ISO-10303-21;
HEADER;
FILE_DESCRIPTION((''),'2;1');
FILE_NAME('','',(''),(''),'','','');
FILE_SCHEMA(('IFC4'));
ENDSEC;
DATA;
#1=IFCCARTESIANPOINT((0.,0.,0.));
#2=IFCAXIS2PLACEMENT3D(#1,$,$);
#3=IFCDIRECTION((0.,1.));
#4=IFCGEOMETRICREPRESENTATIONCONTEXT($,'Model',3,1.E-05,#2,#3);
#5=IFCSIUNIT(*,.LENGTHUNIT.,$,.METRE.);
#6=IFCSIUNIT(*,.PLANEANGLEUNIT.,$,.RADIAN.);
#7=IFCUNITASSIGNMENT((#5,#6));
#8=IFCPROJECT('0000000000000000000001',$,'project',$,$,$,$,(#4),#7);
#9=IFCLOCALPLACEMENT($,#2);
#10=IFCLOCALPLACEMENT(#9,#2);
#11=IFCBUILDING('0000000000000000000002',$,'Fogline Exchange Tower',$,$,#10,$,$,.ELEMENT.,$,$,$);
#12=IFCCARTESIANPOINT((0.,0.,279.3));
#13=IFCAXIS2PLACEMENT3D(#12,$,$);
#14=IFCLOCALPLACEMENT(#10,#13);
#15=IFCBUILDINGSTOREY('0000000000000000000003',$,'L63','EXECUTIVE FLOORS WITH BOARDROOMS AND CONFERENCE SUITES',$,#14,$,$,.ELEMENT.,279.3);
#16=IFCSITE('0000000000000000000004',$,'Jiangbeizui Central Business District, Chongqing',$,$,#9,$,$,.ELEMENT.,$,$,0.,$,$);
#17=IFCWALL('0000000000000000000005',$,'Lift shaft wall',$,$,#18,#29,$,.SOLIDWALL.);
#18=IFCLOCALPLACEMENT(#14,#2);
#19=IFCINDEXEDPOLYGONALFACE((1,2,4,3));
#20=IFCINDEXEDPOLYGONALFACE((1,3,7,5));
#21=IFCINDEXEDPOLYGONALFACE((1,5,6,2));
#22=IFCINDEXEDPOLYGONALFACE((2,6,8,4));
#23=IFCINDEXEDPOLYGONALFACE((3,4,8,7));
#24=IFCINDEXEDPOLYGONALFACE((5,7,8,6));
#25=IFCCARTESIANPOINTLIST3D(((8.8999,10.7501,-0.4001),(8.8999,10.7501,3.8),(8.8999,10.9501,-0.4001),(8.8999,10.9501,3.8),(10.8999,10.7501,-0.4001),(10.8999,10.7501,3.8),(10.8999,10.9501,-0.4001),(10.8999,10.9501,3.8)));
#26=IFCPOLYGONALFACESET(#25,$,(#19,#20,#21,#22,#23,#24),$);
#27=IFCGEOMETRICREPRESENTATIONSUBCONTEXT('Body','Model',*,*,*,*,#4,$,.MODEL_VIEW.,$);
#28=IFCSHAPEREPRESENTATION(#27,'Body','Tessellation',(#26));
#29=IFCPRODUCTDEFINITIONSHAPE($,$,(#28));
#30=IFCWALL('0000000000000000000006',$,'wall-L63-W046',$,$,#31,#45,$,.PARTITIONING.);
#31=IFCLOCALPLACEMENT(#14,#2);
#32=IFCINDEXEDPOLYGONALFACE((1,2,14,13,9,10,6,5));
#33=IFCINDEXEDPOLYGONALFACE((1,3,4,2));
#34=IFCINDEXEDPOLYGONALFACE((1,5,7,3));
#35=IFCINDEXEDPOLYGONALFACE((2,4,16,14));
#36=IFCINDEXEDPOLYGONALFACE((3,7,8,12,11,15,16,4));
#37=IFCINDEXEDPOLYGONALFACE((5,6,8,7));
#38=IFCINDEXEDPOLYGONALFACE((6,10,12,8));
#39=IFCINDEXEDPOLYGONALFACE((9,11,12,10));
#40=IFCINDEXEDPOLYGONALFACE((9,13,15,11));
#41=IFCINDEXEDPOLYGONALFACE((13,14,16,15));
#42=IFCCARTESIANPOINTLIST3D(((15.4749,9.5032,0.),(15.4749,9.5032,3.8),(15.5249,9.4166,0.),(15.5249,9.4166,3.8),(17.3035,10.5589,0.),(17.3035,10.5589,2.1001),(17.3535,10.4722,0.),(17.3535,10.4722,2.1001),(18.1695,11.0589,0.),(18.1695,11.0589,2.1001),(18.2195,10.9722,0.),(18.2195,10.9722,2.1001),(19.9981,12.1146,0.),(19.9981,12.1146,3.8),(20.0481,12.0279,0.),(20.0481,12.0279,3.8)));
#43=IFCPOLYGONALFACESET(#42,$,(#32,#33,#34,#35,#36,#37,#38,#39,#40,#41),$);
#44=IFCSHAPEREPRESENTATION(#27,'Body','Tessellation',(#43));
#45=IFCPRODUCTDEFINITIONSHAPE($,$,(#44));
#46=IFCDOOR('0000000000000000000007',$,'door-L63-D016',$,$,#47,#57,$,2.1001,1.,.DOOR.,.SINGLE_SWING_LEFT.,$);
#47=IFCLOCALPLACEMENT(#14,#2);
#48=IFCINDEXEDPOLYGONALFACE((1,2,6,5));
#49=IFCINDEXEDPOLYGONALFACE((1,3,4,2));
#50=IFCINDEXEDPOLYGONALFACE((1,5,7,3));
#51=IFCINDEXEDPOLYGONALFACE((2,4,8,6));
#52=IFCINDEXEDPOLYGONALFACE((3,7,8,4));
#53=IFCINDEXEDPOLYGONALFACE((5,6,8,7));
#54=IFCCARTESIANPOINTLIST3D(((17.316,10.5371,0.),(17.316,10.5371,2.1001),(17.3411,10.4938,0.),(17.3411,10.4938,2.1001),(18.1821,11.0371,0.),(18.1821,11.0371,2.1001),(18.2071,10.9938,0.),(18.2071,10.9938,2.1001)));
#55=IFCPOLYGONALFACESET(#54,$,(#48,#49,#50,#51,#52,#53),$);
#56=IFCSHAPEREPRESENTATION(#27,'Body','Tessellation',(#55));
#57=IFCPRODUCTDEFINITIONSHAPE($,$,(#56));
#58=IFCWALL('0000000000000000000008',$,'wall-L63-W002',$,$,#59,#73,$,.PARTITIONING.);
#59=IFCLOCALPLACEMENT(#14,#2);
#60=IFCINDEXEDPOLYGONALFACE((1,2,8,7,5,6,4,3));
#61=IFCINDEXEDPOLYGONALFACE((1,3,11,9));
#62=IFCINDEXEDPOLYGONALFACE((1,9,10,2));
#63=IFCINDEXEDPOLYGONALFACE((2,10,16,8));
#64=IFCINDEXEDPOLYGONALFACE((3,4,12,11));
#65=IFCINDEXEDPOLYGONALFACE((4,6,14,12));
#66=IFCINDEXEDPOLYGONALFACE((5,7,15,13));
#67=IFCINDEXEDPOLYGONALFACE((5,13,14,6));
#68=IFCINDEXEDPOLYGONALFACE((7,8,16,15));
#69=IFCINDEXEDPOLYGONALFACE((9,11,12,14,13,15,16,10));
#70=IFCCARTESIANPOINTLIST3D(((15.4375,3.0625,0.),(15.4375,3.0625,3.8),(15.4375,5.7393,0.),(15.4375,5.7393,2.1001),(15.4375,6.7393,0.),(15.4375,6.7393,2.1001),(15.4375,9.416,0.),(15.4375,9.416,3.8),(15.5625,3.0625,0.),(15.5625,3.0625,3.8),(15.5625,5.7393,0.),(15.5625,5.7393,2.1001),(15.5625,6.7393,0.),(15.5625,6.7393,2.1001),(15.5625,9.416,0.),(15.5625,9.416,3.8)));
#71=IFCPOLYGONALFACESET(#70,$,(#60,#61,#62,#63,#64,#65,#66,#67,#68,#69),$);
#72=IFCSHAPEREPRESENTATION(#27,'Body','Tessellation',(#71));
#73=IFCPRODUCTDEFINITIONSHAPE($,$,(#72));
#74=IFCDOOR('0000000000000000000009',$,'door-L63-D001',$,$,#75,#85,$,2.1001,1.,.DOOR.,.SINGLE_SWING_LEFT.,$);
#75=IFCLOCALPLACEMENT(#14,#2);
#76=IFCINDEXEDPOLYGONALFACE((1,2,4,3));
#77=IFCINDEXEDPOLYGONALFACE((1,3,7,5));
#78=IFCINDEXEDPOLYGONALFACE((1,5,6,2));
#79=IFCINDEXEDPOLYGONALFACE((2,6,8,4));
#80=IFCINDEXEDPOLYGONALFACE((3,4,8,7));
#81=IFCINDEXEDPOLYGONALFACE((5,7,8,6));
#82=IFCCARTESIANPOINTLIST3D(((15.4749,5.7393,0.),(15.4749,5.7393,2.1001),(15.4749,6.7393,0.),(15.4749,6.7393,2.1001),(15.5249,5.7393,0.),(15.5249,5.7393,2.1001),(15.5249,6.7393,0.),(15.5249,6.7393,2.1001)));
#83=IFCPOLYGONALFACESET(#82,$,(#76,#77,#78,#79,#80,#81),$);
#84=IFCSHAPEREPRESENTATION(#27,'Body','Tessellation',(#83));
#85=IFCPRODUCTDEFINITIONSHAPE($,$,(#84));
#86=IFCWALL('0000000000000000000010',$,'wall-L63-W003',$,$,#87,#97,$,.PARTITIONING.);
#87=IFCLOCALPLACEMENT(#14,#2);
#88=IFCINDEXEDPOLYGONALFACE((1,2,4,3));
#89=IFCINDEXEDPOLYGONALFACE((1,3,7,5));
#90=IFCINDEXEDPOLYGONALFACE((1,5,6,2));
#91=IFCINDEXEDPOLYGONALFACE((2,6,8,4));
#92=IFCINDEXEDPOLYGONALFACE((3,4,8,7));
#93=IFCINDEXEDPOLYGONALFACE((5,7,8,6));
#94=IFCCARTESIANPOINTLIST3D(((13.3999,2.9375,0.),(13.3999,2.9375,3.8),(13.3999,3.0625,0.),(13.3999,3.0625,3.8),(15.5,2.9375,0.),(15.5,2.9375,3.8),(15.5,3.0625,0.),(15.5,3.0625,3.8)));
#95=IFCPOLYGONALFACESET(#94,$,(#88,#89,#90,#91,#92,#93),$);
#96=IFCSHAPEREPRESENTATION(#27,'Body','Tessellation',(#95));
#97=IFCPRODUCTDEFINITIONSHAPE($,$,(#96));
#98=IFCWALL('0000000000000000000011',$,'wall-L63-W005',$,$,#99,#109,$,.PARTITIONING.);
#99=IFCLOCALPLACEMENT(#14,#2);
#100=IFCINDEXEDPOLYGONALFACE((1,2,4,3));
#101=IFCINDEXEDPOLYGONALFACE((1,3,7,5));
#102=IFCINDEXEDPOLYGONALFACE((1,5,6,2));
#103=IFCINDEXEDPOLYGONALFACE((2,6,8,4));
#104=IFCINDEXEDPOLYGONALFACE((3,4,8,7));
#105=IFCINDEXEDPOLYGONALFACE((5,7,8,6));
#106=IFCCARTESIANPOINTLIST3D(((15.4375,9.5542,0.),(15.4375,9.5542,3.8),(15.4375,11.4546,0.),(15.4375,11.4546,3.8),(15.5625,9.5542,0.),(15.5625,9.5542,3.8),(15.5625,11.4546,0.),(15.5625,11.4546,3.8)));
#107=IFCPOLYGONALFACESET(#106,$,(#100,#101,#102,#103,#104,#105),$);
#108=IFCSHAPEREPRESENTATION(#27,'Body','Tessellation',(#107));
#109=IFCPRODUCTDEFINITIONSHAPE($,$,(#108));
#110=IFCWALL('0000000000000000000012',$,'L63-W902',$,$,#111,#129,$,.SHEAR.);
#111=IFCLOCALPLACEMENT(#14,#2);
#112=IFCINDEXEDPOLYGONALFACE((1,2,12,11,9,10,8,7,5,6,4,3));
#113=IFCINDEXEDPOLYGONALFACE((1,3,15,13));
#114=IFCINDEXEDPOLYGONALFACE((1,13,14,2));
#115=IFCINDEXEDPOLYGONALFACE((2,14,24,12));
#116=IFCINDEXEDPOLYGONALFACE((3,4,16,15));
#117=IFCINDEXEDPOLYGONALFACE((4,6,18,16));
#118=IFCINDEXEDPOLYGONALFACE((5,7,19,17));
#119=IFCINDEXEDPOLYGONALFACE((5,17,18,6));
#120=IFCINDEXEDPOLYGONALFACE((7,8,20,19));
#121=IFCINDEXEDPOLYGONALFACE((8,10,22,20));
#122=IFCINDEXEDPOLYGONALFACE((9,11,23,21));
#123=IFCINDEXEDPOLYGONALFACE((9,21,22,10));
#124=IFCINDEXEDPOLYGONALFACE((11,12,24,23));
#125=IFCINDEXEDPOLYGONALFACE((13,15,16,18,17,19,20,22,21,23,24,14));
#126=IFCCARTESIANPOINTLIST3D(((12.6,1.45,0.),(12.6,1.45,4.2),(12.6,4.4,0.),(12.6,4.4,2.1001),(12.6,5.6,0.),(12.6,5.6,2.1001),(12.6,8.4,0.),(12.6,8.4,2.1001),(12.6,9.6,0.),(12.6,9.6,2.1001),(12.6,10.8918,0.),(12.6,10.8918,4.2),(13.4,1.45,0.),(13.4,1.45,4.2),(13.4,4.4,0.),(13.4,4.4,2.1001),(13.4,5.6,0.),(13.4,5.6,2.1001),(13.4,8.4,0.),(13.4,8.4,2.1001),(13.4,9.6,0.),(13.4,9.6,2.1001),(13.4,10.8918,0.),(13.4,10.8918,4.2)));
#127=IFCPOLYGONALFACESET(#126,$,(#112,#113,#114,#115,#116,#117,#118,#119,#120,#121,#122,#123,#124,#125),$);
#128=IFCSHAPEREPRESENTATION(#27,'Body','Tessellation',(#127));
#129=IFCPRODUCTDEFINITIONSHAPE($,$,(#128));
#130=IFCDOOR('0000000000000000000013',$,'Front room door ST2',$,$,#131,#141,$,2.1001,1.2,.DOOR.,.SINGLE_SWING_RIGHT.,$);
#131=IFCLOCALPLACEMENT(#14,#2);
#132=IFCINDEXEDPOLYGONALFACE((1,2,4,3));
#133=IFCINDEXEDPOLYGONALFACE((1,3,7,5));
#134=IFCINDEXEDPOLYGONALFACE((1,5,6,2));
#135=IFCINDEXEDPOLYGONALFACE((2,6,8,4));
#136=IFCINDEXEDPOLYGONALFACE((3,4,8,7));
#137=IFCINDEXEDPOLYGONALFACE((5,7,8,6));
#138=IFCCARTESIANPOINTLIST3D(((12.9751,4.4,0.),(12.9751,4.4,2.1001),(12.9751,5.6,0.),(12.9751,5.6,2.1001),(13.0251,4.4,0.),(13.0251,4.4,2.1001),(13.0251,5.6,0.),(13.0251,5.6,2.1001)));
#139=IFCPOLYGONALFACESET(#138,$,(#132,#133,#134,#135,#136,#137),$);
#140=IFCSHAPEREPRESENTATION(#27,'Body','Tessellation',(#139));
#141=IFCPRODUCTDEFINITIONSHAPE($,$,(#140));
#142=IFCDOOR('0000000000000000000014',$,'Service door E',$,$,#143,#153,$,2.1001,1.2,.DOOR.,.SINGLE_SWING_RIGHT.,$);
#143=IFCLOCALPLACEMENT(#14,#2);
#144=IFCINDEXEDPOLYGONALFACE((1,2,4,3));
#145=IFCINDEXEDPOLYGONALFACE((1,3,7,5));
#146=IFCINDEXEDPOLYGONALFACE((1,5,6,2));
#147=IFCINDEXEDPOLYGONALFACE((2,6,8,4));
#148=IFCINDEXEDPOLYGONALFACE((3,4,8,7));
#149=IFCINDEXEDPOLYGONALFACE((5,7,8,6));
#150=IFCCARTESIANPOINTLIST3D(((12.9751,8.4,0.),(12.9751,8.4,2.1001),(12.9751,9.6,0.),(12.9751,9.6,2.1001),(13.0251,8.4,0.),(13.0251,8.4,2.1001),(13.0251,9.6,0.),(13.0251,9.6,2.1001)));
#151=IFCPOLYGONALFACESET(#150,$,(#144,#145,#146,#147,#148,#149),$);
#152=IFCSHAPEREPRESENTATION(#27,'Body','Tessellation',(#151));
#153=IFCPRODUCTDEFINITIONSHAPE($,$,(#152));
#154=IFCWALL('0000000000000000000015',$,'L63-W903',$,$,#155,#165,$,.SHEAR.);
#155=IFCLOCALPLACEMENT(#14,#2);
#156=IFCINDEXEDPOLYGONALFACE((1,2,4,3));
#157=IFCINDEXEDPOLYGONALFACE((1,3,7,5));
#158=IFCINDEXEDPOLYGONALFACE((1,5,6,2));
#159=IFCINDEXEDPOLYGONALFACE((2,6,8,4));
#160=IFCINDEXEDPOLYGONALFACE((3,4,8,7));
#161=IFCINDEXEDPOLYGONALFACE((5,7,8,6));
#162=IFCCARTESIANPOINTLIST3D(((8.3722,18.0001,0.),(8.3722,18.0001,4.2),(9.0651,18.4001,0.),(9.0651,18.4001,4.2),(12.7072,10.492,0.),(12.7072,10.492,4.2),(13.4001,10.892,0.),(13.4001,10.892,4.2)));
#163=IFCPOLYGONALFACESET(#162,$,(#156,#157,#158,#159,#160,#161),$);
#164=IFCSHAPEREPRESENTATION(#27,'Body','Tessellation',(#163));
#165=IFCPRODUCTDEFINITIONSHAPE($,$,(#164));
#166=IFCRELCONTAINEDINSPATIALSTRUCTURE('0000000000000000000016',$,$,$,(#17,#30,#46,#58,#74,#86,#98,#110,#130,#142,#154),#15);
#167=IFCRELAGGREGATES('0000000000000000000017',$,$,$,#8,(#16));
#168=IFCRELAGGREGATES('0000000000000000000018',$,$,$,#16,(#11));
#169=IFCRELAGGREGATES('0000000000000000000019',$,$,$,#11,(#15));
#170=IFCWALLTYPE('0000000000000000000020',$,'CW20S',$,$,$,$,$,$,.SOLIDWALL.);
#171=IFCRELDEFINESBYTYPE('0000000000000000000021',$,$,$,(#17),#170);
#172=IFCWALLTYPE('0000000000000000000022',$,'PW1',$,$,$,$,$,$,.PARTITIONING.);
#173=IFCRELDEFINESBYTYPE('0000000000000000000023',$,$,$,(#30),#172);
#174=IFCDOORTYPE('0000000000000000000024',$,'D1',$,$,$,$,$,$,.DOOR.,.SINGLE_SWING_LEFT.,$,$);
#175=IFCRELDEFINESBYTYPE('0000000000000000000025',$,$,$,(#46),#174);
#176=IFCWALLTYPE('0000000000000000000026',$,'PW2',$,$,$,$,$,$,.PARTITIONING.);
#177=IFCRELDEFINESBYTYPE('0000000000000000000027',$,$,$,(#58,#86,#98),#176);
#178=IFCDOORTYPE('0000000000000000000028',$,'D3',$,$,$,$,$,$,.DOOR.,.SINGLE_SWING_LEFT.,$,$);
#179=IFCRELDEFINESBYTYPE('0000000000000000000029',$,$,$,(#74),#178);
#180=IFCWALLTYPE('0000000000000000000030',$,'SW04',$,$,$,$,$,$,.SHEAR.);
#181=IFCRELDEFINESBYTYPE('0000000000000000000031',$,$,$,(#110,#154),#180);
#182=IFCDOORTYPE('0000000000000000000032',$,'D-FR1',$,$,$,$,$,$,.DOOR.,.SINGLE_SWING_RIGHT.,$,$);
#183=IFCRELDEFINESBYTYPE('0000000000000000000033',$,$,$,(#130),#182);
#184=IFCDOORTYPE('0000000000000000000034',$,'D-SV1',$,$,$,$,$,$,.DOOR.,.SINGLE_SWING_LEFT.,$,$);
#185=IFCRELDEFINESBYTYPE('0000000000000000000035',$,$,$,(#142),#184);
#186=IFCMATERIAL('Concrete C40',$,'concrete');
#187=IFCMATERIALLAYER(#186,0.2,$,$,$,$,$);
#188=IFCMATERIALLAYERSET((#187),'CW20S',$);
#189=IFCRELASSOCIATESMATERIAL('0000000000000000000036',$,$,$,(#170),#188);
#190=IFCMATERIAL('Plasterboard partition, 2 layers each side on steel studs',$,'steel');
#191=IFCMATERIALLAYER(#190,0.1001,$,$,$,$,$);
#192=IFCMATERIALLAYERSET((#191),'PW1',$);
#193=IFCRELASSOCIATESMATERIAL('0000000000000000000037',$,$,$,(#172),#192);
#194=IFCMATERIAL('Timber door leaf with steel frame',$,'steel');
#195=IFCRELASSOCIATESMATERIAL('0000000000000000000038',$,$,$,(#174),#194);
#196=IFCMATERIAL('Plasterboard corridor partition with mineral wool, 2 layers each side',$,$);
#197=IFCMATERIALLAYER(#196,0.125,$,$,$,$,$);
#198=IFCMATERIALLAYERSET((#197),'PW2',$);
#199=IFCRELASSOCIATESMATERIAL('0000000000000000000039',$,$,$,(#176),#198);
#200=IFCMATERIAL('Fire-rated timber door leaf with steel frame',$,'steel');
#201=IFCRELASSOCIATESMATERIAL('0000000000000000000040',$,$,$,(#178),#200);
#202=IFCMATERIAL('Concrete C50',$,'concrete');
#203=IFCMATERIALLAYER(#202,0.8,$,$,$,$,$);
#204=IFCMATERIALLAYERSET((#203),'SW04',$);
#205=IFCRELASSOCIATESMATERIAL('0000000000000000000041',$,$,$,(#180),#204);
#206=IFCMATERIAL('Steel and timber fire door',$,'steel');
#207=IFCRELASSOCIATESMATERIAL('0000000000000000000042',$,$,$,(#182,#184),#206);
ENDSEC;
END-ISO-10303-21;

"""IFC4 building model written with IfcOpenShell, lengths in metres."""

from ifc_helpers import new_model, si_unit, direction, frame, frame_2d, origin, place, context, subcontext, project, spatial, rectangle, extrude, material, layer, layer_set, type_object, element, fill, save


model = new_model("IFC4")

# Units and contexts
model_context = context("Model", 3, precision=1e-05, world=origin(), true_north=direction((0.0, 1.0)))
body_context = subcontext(model_context, "Body", "Model", "MODEL_VIEW")
ifc_project = project(units=[si_unit("LENGTHUNIT", "METRE"), si_unit("PLANEANGLEUNIT", "RADIAN")], contexts=[model_context])

# Site, building, storey
site_placement = place(None, origin())
site = spatial("IfcSite", under=ifc_project, at=site_placement, Name="Jiangbeizui Central Business District, Chongqing", CompositionType="ELEMENT", RefElevation=0.0)
building_placement = place(site_placement, origin())
building = spatial("IfcBuilding", under=site, at=building_placement, Name="Fogline Exchange Tower", CompositionType="ELEMENT")
storey_placement = place(building_placement, frame((0.0, 0.0, 279.3)))
storey = spatial("IfcBuildingStorey", under=building, at=storey_placement, Name="L63", Description="EXECUTIVE FLOORS WITH BOARDROOMS AND CONFERENCE SUITES", CompositionType="ELEMENT", Elevation=279.3)

# Shared definitions
ifc_material_1 = material(Name="Concrete C40", Category="concrete")

# Shared definitions
ifc_material_2 = material(Name="Steel and timber fire door", Category="steel")

# Shared definitions
ifc_layer_1 = layer(ifc_material_1, 0.2)
ifc_layer_set_1 = layer_set([ifc_layer_1], Name="CW20S")
wall_type_1 = type_object("IfcWallType", Name="CW20S", PredefinedType="SOLIDWALL", material=ifc_layer_set_1)

# Wall
for number, where, z_axis, x_axis, name in (
    (1, (8.8999, 10.8501, -0.4001), (0.0, 0.0, 1.0), (1.0, 0.0, 0.0), "Lift shaft wall"),
):
    element("IfcWall", number, at=place(storey_placement, frame(where, z_axis=z_axis, x_axis=x_axis)), inside=storey, type_object=wall_type_1, Name=name, PredefinedType="SOLIDWALL", context=body_context, shape_type="SweptSolid", body=[
        extrude(rectangle(XDim=2.0, YDim=0.2, at=frame_2d((1.0, 0.0))), origin(), (0.0, 0.0, 1.0), 4.2002),
    ])

# Walls, openings, doors
ifc_material_3 = material(Name="Plasterboard partition, 2 layers each side on steel studs", Category="steel")
ifc_layer_2 = layer(ifc_material_3, 0.1001)
ifc_layer_set_2 = layer_set([ifc_layer_2], Name="PW1")
wall_type_2 = type_object("IfcWallType", Name="PW1", PredefinedType="PARTITIONING", material=ifc_layer_set_2)
wall_1_placement = place(storey_placement, frame((15.5, 9.46, 0.0), z_axis=(0.0, 0.0, 1.0), x_axis=(0.866037, 0.49998, 0.0)))
wall_1 = element("IfcWall", 2, at=wall_1_placement, inside=storey, type_object=wall_type_2, Name="wall-L63-W046", PredefinedType="PARTITIONING", context=body_context, shape_type="SweptSolid", body=[
    extrude(rectangle(XDim=5.2229, YDim=0.1001, at=frame_2d((2.6113, 0.0))), origin(), (0.0, 0.0, 1.0), 3.8),
])
opening_1_placement = place(wall_1_placement, frame((2.1113, 0.0, 0.0)))
opening_1 = element("IfcOpeningElement", 3, at=opening_1_placement, cuts=wall_1, PredefinedType="OPENING", context=body_context, shape_type="SweptSolid", body=[
    extrude(rectangle(XDim=1.0, YDim=2.1001, at=frame_2d((0.5, 1.05))), frame((0.0, 0.0601, 0.0), z_axis=(0.0, -1.0, 0.0), x_axis=(1.0, 0.0, 0.0)), (0.0, 0.0, 1.0), 0.1201),
])
ifc_material_4 = material(Name="Timber door leaf with steel frame", Category="steel")
door_type_1 = type_object("IfcDoorType", Name="D1", OperationType="SINGLE_SWING_LEFT", PredefinedType="DOOR", material=ifc_material_4)
door_1_placement = place(opening_1_placement, origin())
door_1 = element("IfcDoor", 4, at=door_1_placement, inside=storey, type_object=door_type_1, Name="door-L63-D016", OperationType="SINGLE_SWING_LEFT", OverallHeight=2.1001, OverallWidth=1.0, PredefinedType="DOOR", context=body_context, shape_type="SweptSolid", body=[
    extrude(rectangle(XDim=1.0, YDim=2.1001, at=frame_2d((0.5, 1.05))), frame((0.0, 0.0249, 0.0), z_axis=(0.0, -1.0, 0.0), x_axis=(1.0, 0.0, 0.0)), (0.0, 0.0, 1.0), 0.05),
])
fill(opening_1, door_1)
ifc_material_5 = material(Name="Plasterboard corridor partition with mineral wool, 2 layers each side")
ifc_layer_3 = layer(ifc_material_5, 0.125)
ifc_layer_set_3 = layer_set([ifc_layer_3], Name="PW2")
wall_type_3 = type_object("IfcWallType", Name="PW2", PredefinedType="PARTITIONING", material=ifc_layer_set_3)
wall_2_placement = place(storey_placement, frame((15.5, 9.416, 0.0), z_axis=(0.0, 0.0, 1.0), x_axis=(0.0, -1.0, 0.0)))
wall_2 = element("IfcWall", 5, at=wall_2_placement, inside=storey, type_object=wall_type_3, Name="wall-L63-W002", PredefinedType="PARTITIONING", context=body_context, shape_type="SweptSolid", body=[
    extrude(rectangle(XDim=6.3535, YDim=0.125, at=frame_2d((3.1768, 0.0))), origin(), (0.0, 0.0, 1.0), 3.8),
])
opening_2_placement = place(wall_2_placement, frame((2.6768, 0.0, 0.0)))
opening_2 = element("IfcOpeningElement", 6, at=opening_2_placement, cuts=wall_2, PredefinedType="OPENING", context=body_context, shape_type="SweptSolid", body=[
    extrude(rectangle(XDim=1.0, YDim=2.1001, at=frame_2d((0.5, 1.05))), frame((0.0, 0.0725, 0.0), z_axis=(0.0, -1.0, 0.0), x_axis=(1.0, 0.0, 0.0)), (0.0, 0.0, 1.0), 0.145),
])
ifc_material_6 = material(Name="Fire-rated timber door leaf with steel frame", Category="steel")
door_type_2 = type_object("IfcDoorType", Name="D3", OperationType="SINGLE_SWING_LEFT", PredefinedType="DOOR", material=ifc_material_6)
door_2_placement = place(opening_2_placement, origin())
door_2 = element("IfcDoor", 7, at=door_2_placement, inside=storey, type_object=door_type_2, Name="door-L63-D001", OperationType="SINGLE_SWING_LEFT", OverallHeight=2.1001, OverallWidth=1.0, PredefinedType="DOOR", context=body_context, shape_type="SweptSolid", body=[
    extrude(rectangle(XDim=1.0, YDim=2.1001, at=frame_2d((0.5, 1.05))), frame((0.0, 0.0249, 0.0), z_axis=(0.0, -1.0, 0.0), x_axis=(1.0, 0.0, 0.0)), (0.0, 0.0, 1.0), 0.05),
])
fill(opening_2, door_2)

# Walls
wall_3_placement = place(storey_placement, frame((15.5, 3.0, 0.0), z_axis=(0.0, 0.0, 1.0), x_axis=(-1.0, 0.0, 0.0)))
element("IfcWall", 8, at=wall_3_placement, inside=storey, type_object=wall_type_3, Name="wall-L63-W003", PredefinedType="PARTITIONING", context=body_context, shape_type="SweptSolid", body=[
    extrude(rectangle(XDim=2.1001, YDim=0.125, at=frame_2d((1.05, 0.0))), origin(), (0.0, 0.0, 1.0), 3.8),
])
wall_4_placement = place(storey_placement, frame((15.5, 11.4546, 0.0), z_axis=(0.0, 0.0, 1.0), x_axis=(0.0, -1.0, 0.0)))
element("IfcWall", 9, at=wall_4_placement, inside=storey, type_object=wall_type_3, Name="wall-L63-W005", PredefinedType="PARTITIONING", context=body_context, shape_type="SweptSolid", body=[
    extrude(rectangle(XDim=1.9004, YDim=0.125, at=frame_2d((0.9502, 0.0))), origin(), (0.0, 0.0, 1.0), 3.8),
])

# Wall, openings, doors
ifc_material_7 = material(Name="Concrete C50", Category="concrete")
ifc_layer_4 = layer(ifc_material_7, 0.8)
ifc_layer_set_4 = layer_set([ifc_layer_4], Name="SW04")
wall_type_4 = type_object("IfcWallType", Name="SW04", PredefinedType="SHEAR", material=ifc_layer_set_4)
wall_5_placement = place(storey_placement, frame((13.0, 1.45, 0.0), z_axis=(0.0, 0.0, 1.0), x_axis=(0.0, 1.0, 0.0)))
wall_5 = element("IfcWall", 10, at=wall_5_placement, inside=storey, type_object=wall_type_4, Name="L63-W902", PredefinedType="SHEAR", context=body_context, shape_type="SweptSolid", body=[
    extrude(rectangle(XDim=9.4419, YDim=0.8, at=frame_2d((4.7209, 0.0))), origin(), (0.0, 0.0, 1.0), 4.2),
])
opening_3_placement = place(wall_5_placement, frame((2.95, 0.0, 0.0)))
opening_3 = element("IfcOpeningElement", 11, at=opening_3_placement, cuts=wall_5, PredefinedType="OPENING", context=body_context, shape_type="SweptSolid", body=[
    extrude(rectangle(XDim=1.2, YDim=2.1001, at=frame_2d((0.6001, 1.05))), frame((0.0, 0.4102, 0.0), z_axis=(0.0, -1.0, 0.0), x_axis=(1.0, 0.0, 0.0)), (0.0, 0.0, 1.0), 0.8201),
])
opening_4_placement = place(wall_5_placement, frame((6.95, 0.0, 0.0)))
opening_4 = element("IfcOpeningElement", 12, at=opening_4_placement, cuts=wall_5, PredefinedType="OPENING", context=body_context, shape_type="SweptSolid", body=[
    extrude(rectangle(XDim=1.2, YDim=2.1001, at=frame_2d((0.6001, 1.05))), frame((0.0, 0.4102, 0.0), z_axis=(0.0, -1.0, 0.0), x_axis=(1.0, 0.0, 0.0)), (0.0, 0.0, 1.0), 0.8201),
])
door_type_3 = type_object("IfcDoorType", Name="D-FR1", OperationType="SINGLE_SWING_RIGHT", PredefinedType="DOOR", material=ifc_material_2)
door_3_placement = place(opening_3_placement, origin())
door_3 = element("IfcDoor", 13, at=door_3_placement, inside=storey, type_object=door_type_3, Name="Front room door ST2", OperationType="SINGLE_SWING_RIGHT", OverallHeight=2.1001, OverallWidth=1.2, PredefinedType="DOOR", context=body_context, shape_type="SweptSolid", body=[
    extrude(rectangle(XDim=1.2, YDim=2.1001, at=frame_2d((0.6001, 1.05))), frame((0.0, 0.0249, 0.0), z_axis=(0.0, -1.0, 0.0), x_axis=(1.0, 0.0, 0.0)), (0.0, 0.0, 1.0), 0.05),
])
fill(opening_3, door_3)
door_type_4 = type_object("IfcDoorType", Name="D-SV1", OperationType="SINGLE_SWING_LEFT", PredefinedType="DOOR", material=ifc_material_2)
door_4_placement = place(opening_4_placement, origin())
door_4 = element("IfcDoor", 14, at=door_4_placement, inside=storey, type_object=door_type_4, Name="Service door E", OperationType="SINGLE_SWING_RIGHT", OverallHeight=2.1001, OverallWidth=1.2, PredefinedType="DOOR", context=body_context, shape_type="SweptSolid", body=[
    extrude(rectangle(XDim=1.2, YDim=2.1001, at=frame_2d((0.6001, 1.05))), frame((0.0, 0.0249, 0.0), z_axis=(0.0, -1.0, 0.0), x_axis=(1.0, 0.0, 0.0)), (0.0, 0.0, 1.0), 0.05),
])
fill(opening_4, door_4)

# Wall
wall_6_placement = place(storey_placement, frame((13.0537, 10.6919, 0.0), z_axis=(0.0, 0.0, 1.0), x_axis=(-0.500016, 0.866016, 0.0)))
element("IfcWall", 15, at=wall_6_placement, inside=storey, type_object=wall_type_4, Name="L63-W903", PredefinedType="SHEAR", context=body_context, shape_type="SweptSolid", body=[
    extrude(rectangle(XDim=8.6697, YDim=0.8, at=frame_2d((4.335, 0.0))), origin(), (0.0, 0.0, 1.0), 4.2),
])

save(model, "model.ifc")
